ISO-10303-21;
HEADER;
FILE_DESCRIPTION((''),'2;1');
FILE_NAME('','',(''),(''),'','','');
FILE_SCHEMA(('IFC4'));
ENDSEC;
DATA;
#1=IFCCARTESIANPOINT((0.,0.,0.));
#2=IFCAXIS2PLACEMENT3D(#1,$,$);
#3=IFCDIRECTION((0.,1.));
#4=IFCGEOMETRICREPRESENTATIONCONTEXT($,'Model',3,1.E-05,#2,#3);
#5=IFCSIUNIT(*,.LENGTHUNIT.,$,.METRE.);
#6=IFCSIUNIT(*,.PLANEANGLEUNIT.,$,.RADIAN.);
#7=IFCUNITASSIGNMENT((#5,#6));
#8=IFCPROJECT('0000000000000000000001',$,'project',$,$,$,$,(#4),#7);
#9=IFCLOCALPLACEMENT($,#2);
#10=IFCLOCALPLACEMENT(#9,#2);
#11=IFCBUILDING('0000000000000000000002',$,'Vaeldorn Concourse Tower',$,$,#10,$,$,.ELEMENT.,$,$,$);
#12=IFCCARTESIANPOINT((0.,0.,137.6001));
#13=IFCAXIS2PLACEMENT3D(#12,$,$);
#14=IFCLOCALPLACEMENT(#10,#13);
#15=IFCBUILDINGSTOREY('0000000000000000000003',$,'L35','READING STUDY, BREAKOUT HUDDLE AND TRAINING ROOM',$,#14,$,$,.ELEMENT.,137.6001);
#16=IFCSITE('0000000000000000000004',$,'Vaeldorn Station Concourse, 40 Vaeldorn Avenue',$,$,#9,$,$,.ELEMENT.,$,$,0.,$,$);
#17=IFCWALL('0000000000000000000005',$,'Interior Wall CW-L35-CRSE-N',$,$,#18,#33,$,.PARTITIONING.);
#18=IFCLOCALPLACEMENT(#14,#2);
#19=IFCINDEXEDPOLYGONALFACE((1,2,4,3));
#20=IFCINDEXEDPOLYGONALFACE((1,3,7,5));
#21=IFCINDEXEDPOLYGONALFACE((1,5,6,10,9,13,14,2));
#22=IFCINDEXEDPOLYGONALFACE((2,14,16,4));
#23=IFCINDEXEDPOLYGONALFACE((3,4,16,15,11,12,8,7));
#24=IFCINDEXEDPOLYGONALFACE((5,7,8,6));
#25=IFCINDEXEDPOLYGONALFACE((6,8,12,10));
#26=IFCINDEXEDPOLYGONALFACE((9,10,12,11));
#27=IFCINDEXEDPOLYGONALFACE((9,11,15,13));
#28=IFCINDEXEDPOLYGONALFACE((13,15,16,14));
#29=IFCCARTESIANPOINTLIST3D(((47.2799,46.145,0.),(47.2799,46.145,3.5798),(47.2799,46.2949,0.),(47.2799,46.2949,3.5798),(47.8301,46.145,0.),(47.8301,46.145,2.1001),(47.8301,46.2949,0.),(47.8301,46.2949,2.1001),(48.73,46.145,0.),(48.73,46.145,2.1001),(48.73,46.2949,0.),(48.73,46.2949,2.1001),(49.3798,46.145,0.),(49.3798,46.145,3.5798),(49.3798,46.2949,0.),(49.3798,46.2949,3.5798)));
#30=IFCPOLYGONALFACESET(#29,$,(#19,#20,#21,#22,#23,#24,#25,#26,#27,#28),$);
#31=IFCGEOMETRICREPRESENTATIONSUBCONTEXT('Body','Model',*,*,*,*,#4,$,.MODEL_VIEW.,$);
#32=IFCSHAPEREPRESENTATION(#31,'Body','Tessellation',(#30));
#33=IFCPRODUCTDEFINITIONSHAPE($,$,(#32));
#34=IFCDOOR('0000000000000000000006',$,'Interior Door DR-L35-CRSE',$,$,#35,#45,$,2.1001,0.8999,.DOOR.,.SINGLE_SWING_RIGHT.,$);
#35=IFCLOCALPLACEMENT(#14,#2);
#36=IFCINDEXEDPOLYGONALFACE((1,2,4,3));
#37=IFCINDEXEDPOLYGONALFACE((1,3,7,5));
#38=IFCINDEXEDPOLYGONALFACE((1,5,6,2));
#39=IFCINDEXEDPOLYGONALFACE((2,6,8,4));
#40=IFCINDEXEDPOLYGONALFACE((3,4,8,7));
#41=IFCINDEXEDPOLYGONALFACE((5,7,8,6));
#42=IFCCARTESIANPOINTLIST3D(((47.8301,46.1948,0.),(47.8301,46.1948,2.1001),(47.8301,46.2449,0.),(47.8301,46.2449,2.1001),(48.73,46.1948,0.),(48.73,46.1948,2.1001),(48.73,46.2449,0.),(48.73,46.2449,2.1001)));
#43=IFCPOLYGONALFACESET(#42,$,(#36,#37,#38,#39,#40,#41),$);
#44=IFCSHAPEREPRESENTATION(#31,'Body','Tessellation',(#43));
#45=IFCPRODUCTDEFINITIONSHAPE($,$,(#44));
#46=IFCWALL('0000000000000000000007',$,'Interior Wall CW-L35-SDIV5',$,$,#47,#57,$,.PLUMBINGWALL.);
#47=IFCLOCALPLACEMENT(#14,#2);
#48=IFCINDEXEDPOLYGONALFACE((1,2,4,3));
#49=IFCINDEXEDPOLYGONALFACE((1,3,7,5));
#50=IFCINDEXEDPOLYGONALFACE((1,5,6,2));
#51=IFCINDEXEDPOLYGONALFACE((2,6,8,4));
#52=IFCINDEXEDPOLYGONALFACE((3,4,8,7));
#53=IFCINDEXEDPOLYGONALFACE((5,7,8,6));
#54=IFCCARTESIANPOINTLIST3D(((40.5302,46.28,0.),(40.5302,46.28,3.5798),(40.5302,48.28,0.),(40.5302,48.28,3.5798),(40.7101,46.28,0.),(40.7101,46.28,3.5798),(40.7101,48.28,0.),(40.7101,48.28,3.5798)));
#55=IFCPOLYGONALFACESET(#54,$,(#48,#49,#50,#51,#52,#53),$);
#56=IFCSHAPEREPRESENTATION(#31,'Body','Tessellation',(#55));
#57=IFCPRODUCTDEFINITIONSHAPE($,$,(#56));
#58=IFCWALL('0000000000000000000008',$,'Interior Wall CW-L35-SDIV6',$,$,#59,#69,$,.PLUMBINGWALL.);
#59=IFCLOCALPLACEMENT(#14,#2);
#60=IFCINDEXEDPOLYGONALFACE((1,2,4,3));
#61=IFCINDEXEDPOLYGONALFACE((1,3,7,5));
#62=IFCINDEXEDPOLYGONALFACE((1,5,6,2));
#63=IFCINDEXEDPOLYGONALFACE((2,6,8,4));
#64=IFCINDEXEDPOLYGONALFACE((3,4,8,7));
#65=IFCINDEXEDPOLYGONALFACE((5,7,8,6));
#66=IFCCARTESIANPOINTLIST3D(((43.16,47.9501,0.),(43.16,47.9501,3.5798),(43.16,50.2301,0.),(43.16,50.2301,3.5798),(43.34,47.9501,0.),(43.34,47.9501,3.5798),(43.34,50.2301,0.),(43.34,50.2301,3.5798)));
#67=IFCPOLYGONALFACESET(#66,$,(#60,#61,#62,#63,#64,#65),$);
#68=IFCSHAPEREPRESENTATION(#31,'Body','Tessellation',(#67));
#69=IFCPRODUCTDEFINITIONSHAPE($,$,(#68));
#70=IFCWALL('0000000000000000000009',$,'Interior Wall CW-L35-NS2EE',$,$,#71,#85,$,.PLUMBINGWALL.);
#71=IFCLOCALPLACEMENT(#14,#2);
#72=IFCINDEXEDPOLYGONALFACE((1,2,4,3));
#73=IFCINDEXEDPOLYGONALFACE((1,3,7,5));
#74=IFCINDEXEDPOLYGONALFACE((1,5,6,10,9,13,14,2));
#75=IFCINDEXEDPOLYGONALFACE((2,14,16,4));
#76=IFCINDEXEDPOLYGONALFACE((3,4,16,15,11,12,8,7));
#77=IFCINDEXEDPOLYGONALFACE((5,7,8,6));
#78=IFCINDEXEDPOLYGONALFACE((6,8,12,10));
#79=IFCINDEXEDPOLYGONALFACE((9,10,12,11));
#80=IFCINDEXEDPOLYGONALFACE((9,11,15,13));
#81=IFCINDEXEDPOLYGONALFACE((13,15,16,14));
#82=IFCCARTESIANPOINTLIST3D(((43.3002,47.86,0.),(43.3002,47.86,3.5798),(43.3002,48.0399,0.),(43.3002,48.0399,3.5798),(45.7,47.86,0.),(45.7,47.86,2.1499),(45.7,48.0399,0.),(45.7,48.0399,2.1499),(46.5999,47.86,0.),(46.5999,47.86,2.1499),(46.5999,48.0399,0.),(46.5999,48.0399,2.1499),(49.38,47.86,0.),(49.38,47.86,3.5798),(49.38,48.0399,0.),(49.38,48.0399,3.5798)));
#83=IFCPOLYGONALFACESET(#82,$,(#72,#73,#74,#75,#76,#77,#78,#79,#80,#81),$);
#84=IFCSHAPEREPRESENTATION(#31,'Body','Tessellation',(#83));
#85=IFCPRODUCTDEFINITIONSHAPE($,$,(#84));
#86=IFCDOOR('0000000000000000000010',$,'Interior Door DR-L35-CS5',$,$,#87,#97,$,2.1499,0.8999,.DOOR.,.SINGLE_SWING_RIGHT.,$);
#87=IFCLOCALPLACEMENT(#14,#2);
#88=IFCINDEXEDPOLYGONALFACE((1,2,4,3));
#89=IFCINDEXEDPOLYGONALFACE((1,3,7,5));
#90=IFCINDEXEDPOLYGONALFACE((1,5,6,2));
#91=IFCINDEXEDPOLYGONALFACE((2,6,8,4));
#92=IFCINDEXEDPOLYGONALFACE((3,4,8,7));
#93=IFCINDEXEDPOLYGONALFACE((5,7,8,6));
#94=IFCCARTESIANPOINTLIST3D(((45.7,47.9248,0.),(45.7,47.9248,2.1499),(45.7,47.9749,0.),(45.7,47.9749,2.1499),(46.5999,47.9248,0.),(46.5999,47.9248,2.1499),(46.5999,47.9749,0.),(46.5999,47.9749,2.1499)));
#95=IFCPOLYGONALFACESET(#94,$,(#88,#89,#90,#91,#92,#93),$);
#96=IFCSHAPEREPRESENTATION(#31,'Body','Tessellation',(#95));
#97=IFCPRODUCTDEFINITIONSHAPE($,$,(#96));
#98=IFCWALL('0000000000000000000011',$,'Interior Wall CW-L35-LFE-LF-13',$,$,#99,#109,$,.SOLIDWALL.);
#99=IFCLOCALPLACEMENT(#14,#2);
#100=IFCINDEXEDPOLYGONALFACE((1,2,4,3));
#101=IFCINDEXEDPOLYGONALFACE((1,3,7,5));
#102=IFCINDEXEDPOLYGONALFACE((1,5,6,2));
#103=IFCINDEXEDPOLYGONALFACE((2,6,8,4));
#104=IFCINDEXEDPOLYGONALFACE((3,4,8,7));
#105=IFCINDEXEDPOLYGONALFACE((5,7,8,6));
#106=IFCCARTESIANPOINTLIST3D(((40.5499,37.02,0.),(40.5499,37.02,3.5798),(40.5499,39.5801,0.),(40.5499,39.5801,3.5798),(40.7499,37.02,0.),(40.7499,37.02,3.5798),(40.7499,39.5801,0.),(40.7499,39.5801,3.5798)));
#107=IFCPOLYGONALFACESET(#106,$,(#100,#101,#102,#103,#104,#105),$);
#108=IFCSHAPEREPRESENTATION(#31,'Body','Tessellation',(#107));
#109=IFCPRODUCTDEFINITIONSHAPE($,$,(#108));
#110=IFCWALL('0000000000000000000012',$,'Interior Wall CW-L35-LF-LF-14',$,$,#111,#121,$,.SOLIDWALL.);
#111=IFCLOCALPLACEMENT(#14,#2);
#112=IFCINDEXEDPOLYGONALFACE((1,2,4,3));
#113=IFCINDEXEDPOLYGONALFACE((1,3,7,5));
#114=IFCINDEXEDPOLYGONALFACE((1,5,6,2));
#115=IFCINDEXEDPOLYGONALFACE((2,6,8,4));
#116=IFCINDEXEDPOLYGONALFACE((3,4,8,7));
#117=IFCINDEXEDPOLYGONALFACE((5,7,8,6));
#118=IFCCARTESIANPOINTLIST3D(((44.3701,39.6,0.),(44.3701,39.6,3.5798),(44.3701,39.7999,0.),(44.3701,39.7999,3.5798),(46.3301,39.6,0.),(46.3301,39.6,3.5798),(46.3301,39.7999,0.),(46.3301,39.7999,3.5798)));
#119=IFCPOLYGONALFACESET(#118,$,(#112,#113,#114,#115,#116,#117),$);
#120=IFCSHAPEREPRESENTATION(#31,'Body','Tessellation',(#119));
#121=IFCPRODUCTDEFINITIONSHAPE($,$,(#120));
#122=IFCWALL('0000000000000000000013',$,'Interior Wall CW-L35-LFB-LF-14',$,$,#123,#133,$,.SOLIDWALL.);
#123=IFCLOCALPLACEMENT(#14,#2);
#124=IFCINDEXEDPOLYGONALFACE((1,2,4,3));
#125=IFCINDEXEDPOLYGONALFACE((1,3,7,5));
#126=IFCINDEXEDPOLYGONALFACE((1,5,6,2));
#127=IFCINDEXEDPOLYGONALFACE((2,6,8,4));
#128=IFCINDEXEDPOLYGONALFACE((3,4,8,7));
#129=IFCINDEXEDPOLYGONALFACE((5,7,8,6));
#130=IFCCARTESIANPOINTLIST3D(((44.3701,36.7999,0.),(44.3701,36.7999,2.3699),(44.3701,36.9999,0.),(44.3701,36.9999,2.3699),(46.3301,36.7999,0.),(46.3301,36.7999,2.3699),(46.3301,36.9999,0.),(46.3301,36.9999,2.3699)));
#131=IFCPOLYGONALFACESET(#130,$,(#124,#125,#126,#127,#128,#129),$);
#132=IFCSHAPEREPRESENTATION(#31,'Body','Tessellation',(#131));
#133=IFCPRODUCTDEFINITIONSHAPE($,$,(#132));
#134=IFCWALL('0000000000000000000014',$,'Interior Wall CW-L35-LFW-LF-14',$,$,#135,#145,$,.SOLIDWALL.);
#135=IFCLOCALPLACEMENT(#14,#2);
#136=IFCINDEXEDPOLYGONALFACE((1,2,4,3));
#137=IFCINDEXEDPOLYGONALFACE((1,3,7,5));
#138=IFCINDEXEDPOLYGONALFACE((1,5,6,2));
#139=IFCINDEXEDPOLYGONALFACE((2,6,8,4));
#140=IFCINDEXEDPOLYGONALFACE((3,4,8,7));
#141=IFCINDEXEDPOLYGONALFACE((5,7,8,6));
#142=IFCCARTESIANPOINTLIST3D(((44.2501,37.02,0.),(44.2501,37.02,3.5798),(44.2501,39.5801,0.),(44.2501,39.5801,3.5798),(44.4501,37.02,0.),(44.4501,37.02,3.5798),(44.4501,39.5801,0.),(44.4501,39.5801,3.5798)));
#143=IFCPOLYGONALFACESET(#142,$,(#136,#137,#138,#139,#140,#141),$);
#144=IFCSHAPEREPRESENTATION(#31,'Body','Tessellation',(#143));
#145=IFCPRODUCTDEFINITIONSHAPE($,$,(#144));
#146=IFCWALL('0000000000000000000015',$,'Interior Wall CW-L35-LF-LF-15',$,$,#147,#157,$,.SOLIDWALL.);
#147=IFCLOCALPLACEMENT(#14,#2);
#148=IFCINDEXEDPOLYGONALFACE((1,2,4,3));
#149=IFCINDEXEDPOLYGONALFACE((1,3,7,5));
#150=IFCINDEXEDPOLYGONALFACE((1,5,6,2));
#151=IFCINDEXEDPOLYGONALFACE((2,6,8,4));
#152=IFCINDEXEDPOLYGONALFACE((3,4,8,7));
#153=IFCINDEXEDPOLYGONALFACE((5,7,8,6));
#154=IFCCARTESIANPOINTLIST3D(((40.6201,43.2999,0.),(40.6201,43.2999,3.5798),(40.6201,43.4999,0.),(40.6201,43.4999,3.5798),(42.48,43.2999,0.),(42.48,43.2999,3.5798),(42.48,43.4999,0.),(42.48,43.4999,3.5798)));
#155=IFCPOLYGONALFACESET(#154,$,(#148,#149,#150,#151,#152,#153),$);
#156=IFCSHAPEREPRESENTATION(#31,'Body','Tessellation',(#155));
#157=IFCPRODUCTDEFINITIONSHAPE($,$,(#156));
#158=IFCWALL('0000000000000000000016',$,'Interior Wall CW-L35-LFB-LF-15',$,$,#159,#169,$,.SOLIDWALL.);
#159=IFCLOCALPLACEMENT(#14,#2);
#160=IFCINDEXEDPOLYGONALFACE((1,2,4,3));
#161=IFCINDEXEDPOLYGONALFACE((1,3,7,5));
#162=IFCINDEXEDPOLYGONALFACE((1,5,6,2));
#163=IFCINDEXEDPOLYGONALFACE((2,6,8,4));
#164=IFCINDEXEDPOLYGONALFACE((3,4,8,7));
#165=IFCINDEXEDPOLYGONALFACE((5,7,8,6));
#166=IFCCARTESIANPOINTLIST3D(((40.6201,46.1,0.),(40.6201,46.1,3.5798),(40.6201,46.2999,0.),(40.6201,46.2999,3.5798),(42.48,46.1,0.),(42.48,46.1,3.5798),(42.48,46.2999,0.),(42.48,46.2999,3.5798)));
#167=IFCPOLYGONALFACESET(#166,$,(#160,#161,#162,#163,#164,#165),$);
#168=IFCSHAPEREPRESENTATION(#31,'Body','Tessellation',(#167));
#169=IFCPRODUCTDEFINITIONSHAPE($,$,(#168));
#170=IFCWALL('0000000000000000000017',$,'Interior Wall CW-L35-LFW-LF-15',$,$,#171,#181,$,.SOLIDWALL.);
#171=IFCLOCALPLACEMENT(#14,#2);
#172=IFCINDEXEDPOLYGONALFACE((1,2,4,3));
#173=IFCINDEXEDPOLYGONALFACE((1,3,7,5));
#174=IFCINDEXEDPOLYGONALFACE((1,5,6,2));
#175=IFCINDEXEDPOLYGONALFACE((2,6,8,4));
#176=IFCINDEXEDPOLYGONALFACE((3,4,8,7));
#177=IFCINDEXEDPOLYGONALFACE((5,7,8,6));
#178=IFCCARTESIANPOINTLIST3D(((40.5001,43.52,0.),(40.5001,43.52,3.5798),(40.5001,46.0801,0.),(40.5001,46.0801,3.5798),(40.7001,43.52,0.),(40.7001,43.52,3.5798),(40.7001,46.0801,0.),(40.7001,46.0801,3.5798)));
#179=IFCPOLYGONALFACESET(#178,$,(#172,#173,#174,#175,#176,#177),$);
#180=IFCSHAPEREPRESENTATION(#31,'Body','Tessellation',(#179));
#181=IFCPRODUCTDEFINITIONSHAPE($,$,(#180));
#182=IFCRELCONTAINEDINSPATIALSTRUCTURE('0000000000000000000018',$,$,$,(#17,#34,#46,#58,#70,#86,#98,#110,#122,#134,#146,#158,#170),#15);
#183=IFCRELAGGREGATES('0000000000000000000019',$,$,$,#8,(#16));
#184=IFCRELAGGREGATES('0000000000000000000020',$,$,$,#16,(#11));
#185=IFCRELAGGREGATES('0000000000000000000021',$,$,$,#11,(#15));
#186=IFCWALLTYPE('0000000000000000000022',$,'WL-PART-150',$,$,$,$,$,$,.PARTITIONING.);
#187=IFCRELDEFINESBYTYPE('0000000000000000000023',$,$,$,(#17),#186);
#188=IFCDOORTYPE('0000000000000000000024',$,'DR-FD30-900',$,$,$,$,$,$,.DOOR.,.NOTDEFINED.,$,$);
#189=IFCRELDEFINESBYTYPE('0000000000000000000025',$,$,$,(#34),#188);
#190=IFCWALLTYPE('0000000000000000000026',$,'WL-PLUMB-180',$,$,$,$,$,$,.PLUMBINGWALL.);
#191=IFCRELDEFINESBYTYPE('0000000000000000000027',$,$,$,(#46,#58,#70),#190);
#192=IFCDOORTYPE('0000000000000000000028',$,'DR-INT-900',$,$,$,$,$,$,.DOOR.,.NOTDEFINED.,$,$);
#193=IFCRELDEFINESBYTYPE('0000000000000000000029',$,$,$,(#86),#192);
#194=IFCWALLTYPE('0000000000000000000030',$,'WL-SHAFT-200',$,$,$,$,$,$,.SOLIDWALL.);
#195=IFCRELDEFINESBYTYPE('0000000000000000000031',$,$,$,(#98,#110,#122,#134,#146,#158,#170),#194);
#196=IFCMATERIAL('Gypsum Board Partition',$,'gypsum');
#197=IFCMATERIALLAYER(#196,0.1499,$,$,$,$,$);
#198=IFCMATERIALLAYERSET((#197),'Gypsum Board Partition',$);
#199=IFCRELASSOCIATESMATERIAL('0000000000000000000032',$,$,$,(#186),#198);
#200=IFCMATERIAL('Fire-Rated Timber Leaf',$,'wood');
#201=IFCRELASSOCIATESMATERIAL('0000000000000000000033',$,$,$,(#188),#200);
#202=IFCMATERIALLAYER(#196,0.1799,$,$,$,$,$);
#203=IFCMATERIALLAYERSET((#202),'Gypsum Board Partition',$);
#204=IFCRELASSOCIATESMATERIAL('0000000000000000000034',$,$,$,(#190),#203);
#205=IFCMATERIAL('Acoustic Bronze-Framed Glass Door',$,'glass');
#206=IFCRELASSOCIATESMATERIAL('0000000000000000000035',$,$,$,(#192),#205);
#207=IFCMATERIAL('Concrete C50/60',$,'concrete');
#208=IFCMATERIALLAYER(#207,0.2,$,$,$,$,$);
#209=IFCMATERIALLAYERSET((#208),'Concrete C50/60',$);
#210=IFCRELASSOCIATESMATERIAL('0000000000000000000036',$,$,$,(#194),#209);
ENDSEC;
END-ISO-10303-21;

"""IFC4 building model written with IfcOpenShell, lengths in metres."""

from ifc_helpers import new_model, si_unit, direction, frame, frame_2d, origin, place, context, subcontext, project, spatial, rectangle, extrude, source, transform, mapped, material, layer, layer_set, type_object, element, fill, save


model = new_model("IFC4")

# Units and contexts
model_context = context("Model", 3, precision=1e-05, world=origin(), true_north=direction((0.0, 1.0)))
body_context = subcontext(model_context, "Body", "Model", "MODEL_VIEW")
ifc_project = project(units=[si_unit("LENGTHUNIT", "METRE"), si_unit("PLANEANGLEUNIT", "RADIAN")], contexts=[model_context])

# Site, building, storey
site_placement = place(None, origin())
site = spatial("IfcSite", under=ifc_project, at=site_placement, Name="Vaeldorn Station Concourse, 40 Vaeldorn Avenue", CompositionType="ELEMENT", RefElevation=0.0)
building_placement = place(site_placement, origin())
building = spatial("IfcBuilding", under=site, at=building_placement, Name="Vaeldorn Concourse Tower", CompositionType="ELEMENT")
storey_placement = place(building_placement, frame((0.0, 0.0, 137.6001)))
storey = spatial("IfcBuildingStorey", under=building, at=storey_placement, Name="L35", Description="READING STUDY, BREAKOUT HUDDLE AND TRAINING ROOM", CompositionType="ELEMENT", Elevation=137.6001)

# Wall, opening, door
ifc_material_1 = material(Name="Gypsum Board Partition", Category="gypsum")
ifc_layer_1 = layer(ifc_material_1, 0.1499)
ifc_layer_set_1 = layer_set([ifc_layer_1], Name="Gypsum Board Partition")
wall_type_1 = type_object("IfcWallType", Name="WL-PART-150", PredefinedType="PARTITIONING", material=ifc_layer_set_1)
wall_1_placement = place(storey_placement, frame((47.28, 46.22, 0.0), z_axis=(0.0, 0.0, 1.0), x_axis=(1.0, 0.0, 0.0)))
wall_1 = element("IfcWall", 1, at=wall_1_placement, inside=storey, type_object=wall_type_1, Name="Interior Wall CW-L35-CRSE-N", PredefinedType="PARTITIONING", context=body_context, shape_type="SweptSolid", body=[
    extrude(rectangle(XDim=2.0999, YDim=0.1499, at=frame_2d((1.0498, 0.0))), origin(), (0.0, 0.0, 1.0), 3.5798),
])
opening_1_placement = place(wall_1_placement, frame((0.55, 0.0, 0.0)))
opening_1 = element("IfcOpeningElement", 2, at=opening_1_placement, cuts=wall_1, PredefinedType="OPENING", context=body_context, shape_type="SweptSolid", body=[
    extrude(rectangle(XDim=0.8999, YDim=2.1001, at=frame_2d((0.45, 1.05))), frame((0.0, 0.085, 0.0), z_axis=(0.0, -1.0, 0.0), x_axis=(1.0, 0.0, 0.0)), (0.0, 0.0, 1.0), 0.1699),
])
ifc_material_2 = material(Name="Fire-Rated Timber Leaf", Category="wood")
door_type_1 = type_object("IfcDoorType", Name="DR-FD30-900", OperationType="NOTDEFINED", PredefinedType="DOOR", material=ifc_material_2)
shared_shape_1 = source(origin(), body_context, "Body", "SweptSolid", [
    extrude(rectangle(XDim=0.8999, YDim=2.1001, at=frame_2d((0.45, 1.05))), frame((0.0, 0.0249, 0.0), z_axis=(0.0, -1.0, 0.0), x_axis=(1.0, 0.0, 0.0)), (0.0, 0.0, 1.0), 0.05),
])
door_1_placement = place(opening_1_placement, origin())
door_1 = element("IfcDoor", 3, at=door_1_placement, inside=storey, type_object=door_type_1, Name="Interior Door DR-L35-CRSE", OperationType="SINGLE_SWING_RIGHT", OverallHeight=2.1001, OverallWidth=0.8999, PredefinedType="DOOR", context=body_context, shape_type="MappedRepresentation", body=[
    mapped(shared_shape_1, transform((0.0, 0.0, 0.0), scale=1.0)),
])
fill(opening_1, door_1)

# Walls
ifc_layer_2 = layer(ifc_material_1, 0.1799)
ifc_layer_set_2 = layer_set([ifc_layer_2], Name="Gypsum Board Partition")
wall_type_2 = type_object("IfcWallType", Name="WL-PLUMB-180", PredefinedType="PLUMBINGWALL", material=ifc_layer_set_2)
wall_2_placement = place(storey_placement, frame((40.6201, 46.28, 0.0), z_axis=(0.0, 0.0, 1.0), x_axis=(0.0, 1.0, 0.0)))
element("IfcWall", 4, at=wall_2_placement, inside=storey, type_object=wall_type_2, Name="Interior Wall CW-L35-SDIV5", PredefinedType="PLUMBINGWALL", context=body_context, shape_type="SweptSolid", body=[
    extrude(rectangle(XDim=2.0, YDim=0.1799, at=frame_2d((1.0, 0.0))), origin(), (0.0, 0.0, 1.0), 3.5798),
])
wall_3_placement = place(storey_placement, frame((43.25, 47.95, 0.0), z_axis=(0.0, 0.0, 1.0), x_axis=(0.0, 1.0, 0.0)))
element("IfcWall", 5, at=wall_3_placement, inside=storey, type_object=wall_type_2, Name="Interior Wall CW-L35-SDIV6", PredefinedType="PLUMBINGWALL", context=body_context, shape_type="SweptSolid", body=[
    extrude(rectangle(XDim=2.28, YDim=0.1799, at=frame_2d((1.1401, 0.0))), origin(), (0.0, 0.0, 1.0), 3.5798),
])

# Wall, opening, door
wall_4_placement = place(storey_placement, frame((43.3, 47.95, 0.0), z_axis=(0.0, 0.0, 1.0), x_axis=(1.0, 0.0, 0.0)))
wall_4 = element("IfcWall", 6, at=wall_4_placement, inside=storey, type_object=wall_type_2, Name="Interior Wall CW-L35-NS2EE", PredefinedType="PLUMBINGWALL", context=body_context, shape_type="SweptSolid", body=[
    extrude(rectangle(XDim=6.0798, YDim=0.1799, at=frame_2d((3.04, 0.0))), origin(), (0.0, 0.0, 1.0), 3.5798),
])
opening_2_placement = place(wall_4_placement, frame((2.3999, 0.0, 0.0)))
opening_2 = element("IfcOpeningElement", 7, at=opening_2_placement, cuts=wall_4, PredefinedType="OPENING", context=body_context, shape_type="SweptSolid", body=[
    extrude(rectangle(XDim=0.8999, YDim=2.1499, at=frame_2d((0.45, 1.075))), frame((0.0, 0.1001, 0.0), z_axis=(0.0, -1.0, 0.0), x_axis=(1.0, 0.0, 0.0)), (0.0, 0.0, 1.0), 0.2),
])
ifc_material_3 = material(Name="Acoustic Bronze-Framed Glass Door", Category="glass")
door_type_2 = type_object("IfcDoorType", Name="DR-INT-900", OperationType="NOTDEFINED", PredefinedType="DOOR", material=ifc_material_3)
shared_shape_2 = source(origin(), body_context, "Body", "SweptSolid", [
    extrude(rectangle(XDim=0.8999, YDim=2.1499, at=frame_2d((0.45, 1.075))), frame((0.0, 0.0249, 0.0), z_axis=(0.0, -1.0, 0.0), x_axis=(1.0, 0.0, 0.0)), (0.0, 0.0, 1.0), 0.05),
])
door_2_placement = place(opening_2_placement, origin())
door_2 = element("IfcDoor", 8, at=door_2_placement, inside=storey, type_object=door_type_2, Name="Interior Door DR-L35-CS5", OperationType="SINGLE_SWING_RIGHT", OverallHeight=2.1499, OverallWidth=0.8999, PredefinedType="DOOR", context=body_context, shape_type="MappedRepresentation", body=[
    mapped(shared_shape_2, transform((0.0, 0.0, 0.0), scale=1.0)),
])
fill(opening_2, door_2)
ifc_material_4 = material(Name="Concrete C50/60", Category="concrete")
ifc_layer_3 = layer(ifc_material_4, 0.2)
ifc_layer_set_3 = layer_set([ifc_layer_3], Name="Concrete C50/60")
wall_type_3 = type_object("IfcWallType", Name="WL-SHAFT-200", PredefinedType="SOLIDWALL", material=ifc_layer_set_3)

# Walls
wall_5_placement = place(storey_placement, frame((40.6499, 37.02, 0.0), z_axis=(0.0, 0.0, 1.0), x_axis=(0.0, 1.0, 0.0)))
element("IfcWall", 9, at=wall_5_placement, inside=storey, type_object=wall_type_3, Name="Interior Wall CW-L35-LFE-LF-13", PredefinedType="SOLIDWALL", context=body_context, shape_type="SweptSolid", body=[
    extrude(rectangle(XDim=2.5601, YDim=0.2, at=frame_2d((1.28, 0.0))), origin(), (0.0, 0.0, 1.0), 3.5798),
])
wall_6_placement = place(storey_placement, frame((44.3701, 39.7, 0.0), z_axis=(0.0, 0.0, 1.0), x_axis=(1.0, 0.0, 0.0)))
element("IfcWall", 10, at=wall_6_placement, inside=storey, type_object=wall_type_3, Name="Interior Wall CW-L35-LF-LF-14", PredefinedType="SOLIDWALL", context=body_context, shape_type="SweptSolid", body=[
    extrude(rectangle(XDim=1.96, YDim=0.2, at=frame_2d((0.98, 0.0))), origin(), (0.0, 0.0, 1.0), 3.5798),
])
wall_7_placement = place(storey_placement, frame((44.3701, 36.8999, 0.0), z_axis=(0.0, 0.0, 1.0), x_axis=(1.0, 0.0, 0.0)))
element("IfcWall", 11, at=wall_7_placement, inside=storey, type_object=wall_type_3, Name="Interior Wall CW-L35-LFB-LF-14", PredefinedType="SOLIDWALL", context=body_context, shape_type="SweptSolid", body=[
    extrude(rectangle(XDim=1.96, YDim=0.2, at=frame_2d((0.98, 0.0))), origin(), (0.0, 0.0, 1.0), 2.3699),
])
wall_8_placement = place(storey_placement, frame((44.3501, 37.02, 0.0), z_axis=(0.0, 0.0, 1.0), x_axis=(0.0, 1.0, 0.0)))
element("IfcWall", 12, at=wall_8_placement, inside=storey, type_object=wall_type_3, Name="Interior Wall CW-L35-LFW-LF-14", PredefinedType="SOLIDWALL", context=body_context, shape_type="SweptSolid", body=[
    extrude(rectangle(XDim=2.5601, YDim=0.2, at=frame_2d((1.28, 0.0))), origin(), (0.0, 0.0, 1.0), 3.5798),
])
for number, where, z_axis, x_axis, name in (
    (13, (40.6201, 43.3999, 0.0), (0.0, 0.0, 1.0), (1.0, 0.0, 0.0), "Interior Wall CW-L35-LF-LF-15"),
    (14, (40.6201, 46.2, 0.0), (0.0, 0.0, 1.0), (1.0, 0.0, 0.0), "Interior Wall CW-L35-LFB-LF-15"),
):
    element("IfcWall", number, at=place(storey_placement, frame(where, z_axis=z_axis, x_axis=x_axis)), inside=storey, type_object=wall_type_3, Name=name, PredefinedType="SOLIDWALL", context=body_context, shape_type="SweptSolid", body=[
        extrude(rectangle(XDim=1.8599, YDim=0.2, at=frame_2d((0.9299, 0.0))), origin(), (0.0, 0.0, 1.0), 3.5798),
    ])
for number, where, z_axis, x_axis, name in (
    (15, (40.6001, 43.52, 0.0), (0.0, 0.0, 1.0), (0.0, 1.0, 0.0), "Interior Wall CW-L35-LFW-LF-15"),
):
    element("IfcWall", number, at=place(storey_placement, frame(where, z_axis=z_axis, x_axis=x_axis)), inside=storey, type_object=wall_type_3, Name=name, PredefinedType="SOLIDWALL", context=body_context, shape_type="SweptSolid", body=[
        extrude(rectangle(XDim=2.5601, YDim=0.2, at=frame_2d((1.28, 0.0))), origin(), (0.0, 0.0, 1.0), 3.5798),
    ])

save(model, "model.ifc")
